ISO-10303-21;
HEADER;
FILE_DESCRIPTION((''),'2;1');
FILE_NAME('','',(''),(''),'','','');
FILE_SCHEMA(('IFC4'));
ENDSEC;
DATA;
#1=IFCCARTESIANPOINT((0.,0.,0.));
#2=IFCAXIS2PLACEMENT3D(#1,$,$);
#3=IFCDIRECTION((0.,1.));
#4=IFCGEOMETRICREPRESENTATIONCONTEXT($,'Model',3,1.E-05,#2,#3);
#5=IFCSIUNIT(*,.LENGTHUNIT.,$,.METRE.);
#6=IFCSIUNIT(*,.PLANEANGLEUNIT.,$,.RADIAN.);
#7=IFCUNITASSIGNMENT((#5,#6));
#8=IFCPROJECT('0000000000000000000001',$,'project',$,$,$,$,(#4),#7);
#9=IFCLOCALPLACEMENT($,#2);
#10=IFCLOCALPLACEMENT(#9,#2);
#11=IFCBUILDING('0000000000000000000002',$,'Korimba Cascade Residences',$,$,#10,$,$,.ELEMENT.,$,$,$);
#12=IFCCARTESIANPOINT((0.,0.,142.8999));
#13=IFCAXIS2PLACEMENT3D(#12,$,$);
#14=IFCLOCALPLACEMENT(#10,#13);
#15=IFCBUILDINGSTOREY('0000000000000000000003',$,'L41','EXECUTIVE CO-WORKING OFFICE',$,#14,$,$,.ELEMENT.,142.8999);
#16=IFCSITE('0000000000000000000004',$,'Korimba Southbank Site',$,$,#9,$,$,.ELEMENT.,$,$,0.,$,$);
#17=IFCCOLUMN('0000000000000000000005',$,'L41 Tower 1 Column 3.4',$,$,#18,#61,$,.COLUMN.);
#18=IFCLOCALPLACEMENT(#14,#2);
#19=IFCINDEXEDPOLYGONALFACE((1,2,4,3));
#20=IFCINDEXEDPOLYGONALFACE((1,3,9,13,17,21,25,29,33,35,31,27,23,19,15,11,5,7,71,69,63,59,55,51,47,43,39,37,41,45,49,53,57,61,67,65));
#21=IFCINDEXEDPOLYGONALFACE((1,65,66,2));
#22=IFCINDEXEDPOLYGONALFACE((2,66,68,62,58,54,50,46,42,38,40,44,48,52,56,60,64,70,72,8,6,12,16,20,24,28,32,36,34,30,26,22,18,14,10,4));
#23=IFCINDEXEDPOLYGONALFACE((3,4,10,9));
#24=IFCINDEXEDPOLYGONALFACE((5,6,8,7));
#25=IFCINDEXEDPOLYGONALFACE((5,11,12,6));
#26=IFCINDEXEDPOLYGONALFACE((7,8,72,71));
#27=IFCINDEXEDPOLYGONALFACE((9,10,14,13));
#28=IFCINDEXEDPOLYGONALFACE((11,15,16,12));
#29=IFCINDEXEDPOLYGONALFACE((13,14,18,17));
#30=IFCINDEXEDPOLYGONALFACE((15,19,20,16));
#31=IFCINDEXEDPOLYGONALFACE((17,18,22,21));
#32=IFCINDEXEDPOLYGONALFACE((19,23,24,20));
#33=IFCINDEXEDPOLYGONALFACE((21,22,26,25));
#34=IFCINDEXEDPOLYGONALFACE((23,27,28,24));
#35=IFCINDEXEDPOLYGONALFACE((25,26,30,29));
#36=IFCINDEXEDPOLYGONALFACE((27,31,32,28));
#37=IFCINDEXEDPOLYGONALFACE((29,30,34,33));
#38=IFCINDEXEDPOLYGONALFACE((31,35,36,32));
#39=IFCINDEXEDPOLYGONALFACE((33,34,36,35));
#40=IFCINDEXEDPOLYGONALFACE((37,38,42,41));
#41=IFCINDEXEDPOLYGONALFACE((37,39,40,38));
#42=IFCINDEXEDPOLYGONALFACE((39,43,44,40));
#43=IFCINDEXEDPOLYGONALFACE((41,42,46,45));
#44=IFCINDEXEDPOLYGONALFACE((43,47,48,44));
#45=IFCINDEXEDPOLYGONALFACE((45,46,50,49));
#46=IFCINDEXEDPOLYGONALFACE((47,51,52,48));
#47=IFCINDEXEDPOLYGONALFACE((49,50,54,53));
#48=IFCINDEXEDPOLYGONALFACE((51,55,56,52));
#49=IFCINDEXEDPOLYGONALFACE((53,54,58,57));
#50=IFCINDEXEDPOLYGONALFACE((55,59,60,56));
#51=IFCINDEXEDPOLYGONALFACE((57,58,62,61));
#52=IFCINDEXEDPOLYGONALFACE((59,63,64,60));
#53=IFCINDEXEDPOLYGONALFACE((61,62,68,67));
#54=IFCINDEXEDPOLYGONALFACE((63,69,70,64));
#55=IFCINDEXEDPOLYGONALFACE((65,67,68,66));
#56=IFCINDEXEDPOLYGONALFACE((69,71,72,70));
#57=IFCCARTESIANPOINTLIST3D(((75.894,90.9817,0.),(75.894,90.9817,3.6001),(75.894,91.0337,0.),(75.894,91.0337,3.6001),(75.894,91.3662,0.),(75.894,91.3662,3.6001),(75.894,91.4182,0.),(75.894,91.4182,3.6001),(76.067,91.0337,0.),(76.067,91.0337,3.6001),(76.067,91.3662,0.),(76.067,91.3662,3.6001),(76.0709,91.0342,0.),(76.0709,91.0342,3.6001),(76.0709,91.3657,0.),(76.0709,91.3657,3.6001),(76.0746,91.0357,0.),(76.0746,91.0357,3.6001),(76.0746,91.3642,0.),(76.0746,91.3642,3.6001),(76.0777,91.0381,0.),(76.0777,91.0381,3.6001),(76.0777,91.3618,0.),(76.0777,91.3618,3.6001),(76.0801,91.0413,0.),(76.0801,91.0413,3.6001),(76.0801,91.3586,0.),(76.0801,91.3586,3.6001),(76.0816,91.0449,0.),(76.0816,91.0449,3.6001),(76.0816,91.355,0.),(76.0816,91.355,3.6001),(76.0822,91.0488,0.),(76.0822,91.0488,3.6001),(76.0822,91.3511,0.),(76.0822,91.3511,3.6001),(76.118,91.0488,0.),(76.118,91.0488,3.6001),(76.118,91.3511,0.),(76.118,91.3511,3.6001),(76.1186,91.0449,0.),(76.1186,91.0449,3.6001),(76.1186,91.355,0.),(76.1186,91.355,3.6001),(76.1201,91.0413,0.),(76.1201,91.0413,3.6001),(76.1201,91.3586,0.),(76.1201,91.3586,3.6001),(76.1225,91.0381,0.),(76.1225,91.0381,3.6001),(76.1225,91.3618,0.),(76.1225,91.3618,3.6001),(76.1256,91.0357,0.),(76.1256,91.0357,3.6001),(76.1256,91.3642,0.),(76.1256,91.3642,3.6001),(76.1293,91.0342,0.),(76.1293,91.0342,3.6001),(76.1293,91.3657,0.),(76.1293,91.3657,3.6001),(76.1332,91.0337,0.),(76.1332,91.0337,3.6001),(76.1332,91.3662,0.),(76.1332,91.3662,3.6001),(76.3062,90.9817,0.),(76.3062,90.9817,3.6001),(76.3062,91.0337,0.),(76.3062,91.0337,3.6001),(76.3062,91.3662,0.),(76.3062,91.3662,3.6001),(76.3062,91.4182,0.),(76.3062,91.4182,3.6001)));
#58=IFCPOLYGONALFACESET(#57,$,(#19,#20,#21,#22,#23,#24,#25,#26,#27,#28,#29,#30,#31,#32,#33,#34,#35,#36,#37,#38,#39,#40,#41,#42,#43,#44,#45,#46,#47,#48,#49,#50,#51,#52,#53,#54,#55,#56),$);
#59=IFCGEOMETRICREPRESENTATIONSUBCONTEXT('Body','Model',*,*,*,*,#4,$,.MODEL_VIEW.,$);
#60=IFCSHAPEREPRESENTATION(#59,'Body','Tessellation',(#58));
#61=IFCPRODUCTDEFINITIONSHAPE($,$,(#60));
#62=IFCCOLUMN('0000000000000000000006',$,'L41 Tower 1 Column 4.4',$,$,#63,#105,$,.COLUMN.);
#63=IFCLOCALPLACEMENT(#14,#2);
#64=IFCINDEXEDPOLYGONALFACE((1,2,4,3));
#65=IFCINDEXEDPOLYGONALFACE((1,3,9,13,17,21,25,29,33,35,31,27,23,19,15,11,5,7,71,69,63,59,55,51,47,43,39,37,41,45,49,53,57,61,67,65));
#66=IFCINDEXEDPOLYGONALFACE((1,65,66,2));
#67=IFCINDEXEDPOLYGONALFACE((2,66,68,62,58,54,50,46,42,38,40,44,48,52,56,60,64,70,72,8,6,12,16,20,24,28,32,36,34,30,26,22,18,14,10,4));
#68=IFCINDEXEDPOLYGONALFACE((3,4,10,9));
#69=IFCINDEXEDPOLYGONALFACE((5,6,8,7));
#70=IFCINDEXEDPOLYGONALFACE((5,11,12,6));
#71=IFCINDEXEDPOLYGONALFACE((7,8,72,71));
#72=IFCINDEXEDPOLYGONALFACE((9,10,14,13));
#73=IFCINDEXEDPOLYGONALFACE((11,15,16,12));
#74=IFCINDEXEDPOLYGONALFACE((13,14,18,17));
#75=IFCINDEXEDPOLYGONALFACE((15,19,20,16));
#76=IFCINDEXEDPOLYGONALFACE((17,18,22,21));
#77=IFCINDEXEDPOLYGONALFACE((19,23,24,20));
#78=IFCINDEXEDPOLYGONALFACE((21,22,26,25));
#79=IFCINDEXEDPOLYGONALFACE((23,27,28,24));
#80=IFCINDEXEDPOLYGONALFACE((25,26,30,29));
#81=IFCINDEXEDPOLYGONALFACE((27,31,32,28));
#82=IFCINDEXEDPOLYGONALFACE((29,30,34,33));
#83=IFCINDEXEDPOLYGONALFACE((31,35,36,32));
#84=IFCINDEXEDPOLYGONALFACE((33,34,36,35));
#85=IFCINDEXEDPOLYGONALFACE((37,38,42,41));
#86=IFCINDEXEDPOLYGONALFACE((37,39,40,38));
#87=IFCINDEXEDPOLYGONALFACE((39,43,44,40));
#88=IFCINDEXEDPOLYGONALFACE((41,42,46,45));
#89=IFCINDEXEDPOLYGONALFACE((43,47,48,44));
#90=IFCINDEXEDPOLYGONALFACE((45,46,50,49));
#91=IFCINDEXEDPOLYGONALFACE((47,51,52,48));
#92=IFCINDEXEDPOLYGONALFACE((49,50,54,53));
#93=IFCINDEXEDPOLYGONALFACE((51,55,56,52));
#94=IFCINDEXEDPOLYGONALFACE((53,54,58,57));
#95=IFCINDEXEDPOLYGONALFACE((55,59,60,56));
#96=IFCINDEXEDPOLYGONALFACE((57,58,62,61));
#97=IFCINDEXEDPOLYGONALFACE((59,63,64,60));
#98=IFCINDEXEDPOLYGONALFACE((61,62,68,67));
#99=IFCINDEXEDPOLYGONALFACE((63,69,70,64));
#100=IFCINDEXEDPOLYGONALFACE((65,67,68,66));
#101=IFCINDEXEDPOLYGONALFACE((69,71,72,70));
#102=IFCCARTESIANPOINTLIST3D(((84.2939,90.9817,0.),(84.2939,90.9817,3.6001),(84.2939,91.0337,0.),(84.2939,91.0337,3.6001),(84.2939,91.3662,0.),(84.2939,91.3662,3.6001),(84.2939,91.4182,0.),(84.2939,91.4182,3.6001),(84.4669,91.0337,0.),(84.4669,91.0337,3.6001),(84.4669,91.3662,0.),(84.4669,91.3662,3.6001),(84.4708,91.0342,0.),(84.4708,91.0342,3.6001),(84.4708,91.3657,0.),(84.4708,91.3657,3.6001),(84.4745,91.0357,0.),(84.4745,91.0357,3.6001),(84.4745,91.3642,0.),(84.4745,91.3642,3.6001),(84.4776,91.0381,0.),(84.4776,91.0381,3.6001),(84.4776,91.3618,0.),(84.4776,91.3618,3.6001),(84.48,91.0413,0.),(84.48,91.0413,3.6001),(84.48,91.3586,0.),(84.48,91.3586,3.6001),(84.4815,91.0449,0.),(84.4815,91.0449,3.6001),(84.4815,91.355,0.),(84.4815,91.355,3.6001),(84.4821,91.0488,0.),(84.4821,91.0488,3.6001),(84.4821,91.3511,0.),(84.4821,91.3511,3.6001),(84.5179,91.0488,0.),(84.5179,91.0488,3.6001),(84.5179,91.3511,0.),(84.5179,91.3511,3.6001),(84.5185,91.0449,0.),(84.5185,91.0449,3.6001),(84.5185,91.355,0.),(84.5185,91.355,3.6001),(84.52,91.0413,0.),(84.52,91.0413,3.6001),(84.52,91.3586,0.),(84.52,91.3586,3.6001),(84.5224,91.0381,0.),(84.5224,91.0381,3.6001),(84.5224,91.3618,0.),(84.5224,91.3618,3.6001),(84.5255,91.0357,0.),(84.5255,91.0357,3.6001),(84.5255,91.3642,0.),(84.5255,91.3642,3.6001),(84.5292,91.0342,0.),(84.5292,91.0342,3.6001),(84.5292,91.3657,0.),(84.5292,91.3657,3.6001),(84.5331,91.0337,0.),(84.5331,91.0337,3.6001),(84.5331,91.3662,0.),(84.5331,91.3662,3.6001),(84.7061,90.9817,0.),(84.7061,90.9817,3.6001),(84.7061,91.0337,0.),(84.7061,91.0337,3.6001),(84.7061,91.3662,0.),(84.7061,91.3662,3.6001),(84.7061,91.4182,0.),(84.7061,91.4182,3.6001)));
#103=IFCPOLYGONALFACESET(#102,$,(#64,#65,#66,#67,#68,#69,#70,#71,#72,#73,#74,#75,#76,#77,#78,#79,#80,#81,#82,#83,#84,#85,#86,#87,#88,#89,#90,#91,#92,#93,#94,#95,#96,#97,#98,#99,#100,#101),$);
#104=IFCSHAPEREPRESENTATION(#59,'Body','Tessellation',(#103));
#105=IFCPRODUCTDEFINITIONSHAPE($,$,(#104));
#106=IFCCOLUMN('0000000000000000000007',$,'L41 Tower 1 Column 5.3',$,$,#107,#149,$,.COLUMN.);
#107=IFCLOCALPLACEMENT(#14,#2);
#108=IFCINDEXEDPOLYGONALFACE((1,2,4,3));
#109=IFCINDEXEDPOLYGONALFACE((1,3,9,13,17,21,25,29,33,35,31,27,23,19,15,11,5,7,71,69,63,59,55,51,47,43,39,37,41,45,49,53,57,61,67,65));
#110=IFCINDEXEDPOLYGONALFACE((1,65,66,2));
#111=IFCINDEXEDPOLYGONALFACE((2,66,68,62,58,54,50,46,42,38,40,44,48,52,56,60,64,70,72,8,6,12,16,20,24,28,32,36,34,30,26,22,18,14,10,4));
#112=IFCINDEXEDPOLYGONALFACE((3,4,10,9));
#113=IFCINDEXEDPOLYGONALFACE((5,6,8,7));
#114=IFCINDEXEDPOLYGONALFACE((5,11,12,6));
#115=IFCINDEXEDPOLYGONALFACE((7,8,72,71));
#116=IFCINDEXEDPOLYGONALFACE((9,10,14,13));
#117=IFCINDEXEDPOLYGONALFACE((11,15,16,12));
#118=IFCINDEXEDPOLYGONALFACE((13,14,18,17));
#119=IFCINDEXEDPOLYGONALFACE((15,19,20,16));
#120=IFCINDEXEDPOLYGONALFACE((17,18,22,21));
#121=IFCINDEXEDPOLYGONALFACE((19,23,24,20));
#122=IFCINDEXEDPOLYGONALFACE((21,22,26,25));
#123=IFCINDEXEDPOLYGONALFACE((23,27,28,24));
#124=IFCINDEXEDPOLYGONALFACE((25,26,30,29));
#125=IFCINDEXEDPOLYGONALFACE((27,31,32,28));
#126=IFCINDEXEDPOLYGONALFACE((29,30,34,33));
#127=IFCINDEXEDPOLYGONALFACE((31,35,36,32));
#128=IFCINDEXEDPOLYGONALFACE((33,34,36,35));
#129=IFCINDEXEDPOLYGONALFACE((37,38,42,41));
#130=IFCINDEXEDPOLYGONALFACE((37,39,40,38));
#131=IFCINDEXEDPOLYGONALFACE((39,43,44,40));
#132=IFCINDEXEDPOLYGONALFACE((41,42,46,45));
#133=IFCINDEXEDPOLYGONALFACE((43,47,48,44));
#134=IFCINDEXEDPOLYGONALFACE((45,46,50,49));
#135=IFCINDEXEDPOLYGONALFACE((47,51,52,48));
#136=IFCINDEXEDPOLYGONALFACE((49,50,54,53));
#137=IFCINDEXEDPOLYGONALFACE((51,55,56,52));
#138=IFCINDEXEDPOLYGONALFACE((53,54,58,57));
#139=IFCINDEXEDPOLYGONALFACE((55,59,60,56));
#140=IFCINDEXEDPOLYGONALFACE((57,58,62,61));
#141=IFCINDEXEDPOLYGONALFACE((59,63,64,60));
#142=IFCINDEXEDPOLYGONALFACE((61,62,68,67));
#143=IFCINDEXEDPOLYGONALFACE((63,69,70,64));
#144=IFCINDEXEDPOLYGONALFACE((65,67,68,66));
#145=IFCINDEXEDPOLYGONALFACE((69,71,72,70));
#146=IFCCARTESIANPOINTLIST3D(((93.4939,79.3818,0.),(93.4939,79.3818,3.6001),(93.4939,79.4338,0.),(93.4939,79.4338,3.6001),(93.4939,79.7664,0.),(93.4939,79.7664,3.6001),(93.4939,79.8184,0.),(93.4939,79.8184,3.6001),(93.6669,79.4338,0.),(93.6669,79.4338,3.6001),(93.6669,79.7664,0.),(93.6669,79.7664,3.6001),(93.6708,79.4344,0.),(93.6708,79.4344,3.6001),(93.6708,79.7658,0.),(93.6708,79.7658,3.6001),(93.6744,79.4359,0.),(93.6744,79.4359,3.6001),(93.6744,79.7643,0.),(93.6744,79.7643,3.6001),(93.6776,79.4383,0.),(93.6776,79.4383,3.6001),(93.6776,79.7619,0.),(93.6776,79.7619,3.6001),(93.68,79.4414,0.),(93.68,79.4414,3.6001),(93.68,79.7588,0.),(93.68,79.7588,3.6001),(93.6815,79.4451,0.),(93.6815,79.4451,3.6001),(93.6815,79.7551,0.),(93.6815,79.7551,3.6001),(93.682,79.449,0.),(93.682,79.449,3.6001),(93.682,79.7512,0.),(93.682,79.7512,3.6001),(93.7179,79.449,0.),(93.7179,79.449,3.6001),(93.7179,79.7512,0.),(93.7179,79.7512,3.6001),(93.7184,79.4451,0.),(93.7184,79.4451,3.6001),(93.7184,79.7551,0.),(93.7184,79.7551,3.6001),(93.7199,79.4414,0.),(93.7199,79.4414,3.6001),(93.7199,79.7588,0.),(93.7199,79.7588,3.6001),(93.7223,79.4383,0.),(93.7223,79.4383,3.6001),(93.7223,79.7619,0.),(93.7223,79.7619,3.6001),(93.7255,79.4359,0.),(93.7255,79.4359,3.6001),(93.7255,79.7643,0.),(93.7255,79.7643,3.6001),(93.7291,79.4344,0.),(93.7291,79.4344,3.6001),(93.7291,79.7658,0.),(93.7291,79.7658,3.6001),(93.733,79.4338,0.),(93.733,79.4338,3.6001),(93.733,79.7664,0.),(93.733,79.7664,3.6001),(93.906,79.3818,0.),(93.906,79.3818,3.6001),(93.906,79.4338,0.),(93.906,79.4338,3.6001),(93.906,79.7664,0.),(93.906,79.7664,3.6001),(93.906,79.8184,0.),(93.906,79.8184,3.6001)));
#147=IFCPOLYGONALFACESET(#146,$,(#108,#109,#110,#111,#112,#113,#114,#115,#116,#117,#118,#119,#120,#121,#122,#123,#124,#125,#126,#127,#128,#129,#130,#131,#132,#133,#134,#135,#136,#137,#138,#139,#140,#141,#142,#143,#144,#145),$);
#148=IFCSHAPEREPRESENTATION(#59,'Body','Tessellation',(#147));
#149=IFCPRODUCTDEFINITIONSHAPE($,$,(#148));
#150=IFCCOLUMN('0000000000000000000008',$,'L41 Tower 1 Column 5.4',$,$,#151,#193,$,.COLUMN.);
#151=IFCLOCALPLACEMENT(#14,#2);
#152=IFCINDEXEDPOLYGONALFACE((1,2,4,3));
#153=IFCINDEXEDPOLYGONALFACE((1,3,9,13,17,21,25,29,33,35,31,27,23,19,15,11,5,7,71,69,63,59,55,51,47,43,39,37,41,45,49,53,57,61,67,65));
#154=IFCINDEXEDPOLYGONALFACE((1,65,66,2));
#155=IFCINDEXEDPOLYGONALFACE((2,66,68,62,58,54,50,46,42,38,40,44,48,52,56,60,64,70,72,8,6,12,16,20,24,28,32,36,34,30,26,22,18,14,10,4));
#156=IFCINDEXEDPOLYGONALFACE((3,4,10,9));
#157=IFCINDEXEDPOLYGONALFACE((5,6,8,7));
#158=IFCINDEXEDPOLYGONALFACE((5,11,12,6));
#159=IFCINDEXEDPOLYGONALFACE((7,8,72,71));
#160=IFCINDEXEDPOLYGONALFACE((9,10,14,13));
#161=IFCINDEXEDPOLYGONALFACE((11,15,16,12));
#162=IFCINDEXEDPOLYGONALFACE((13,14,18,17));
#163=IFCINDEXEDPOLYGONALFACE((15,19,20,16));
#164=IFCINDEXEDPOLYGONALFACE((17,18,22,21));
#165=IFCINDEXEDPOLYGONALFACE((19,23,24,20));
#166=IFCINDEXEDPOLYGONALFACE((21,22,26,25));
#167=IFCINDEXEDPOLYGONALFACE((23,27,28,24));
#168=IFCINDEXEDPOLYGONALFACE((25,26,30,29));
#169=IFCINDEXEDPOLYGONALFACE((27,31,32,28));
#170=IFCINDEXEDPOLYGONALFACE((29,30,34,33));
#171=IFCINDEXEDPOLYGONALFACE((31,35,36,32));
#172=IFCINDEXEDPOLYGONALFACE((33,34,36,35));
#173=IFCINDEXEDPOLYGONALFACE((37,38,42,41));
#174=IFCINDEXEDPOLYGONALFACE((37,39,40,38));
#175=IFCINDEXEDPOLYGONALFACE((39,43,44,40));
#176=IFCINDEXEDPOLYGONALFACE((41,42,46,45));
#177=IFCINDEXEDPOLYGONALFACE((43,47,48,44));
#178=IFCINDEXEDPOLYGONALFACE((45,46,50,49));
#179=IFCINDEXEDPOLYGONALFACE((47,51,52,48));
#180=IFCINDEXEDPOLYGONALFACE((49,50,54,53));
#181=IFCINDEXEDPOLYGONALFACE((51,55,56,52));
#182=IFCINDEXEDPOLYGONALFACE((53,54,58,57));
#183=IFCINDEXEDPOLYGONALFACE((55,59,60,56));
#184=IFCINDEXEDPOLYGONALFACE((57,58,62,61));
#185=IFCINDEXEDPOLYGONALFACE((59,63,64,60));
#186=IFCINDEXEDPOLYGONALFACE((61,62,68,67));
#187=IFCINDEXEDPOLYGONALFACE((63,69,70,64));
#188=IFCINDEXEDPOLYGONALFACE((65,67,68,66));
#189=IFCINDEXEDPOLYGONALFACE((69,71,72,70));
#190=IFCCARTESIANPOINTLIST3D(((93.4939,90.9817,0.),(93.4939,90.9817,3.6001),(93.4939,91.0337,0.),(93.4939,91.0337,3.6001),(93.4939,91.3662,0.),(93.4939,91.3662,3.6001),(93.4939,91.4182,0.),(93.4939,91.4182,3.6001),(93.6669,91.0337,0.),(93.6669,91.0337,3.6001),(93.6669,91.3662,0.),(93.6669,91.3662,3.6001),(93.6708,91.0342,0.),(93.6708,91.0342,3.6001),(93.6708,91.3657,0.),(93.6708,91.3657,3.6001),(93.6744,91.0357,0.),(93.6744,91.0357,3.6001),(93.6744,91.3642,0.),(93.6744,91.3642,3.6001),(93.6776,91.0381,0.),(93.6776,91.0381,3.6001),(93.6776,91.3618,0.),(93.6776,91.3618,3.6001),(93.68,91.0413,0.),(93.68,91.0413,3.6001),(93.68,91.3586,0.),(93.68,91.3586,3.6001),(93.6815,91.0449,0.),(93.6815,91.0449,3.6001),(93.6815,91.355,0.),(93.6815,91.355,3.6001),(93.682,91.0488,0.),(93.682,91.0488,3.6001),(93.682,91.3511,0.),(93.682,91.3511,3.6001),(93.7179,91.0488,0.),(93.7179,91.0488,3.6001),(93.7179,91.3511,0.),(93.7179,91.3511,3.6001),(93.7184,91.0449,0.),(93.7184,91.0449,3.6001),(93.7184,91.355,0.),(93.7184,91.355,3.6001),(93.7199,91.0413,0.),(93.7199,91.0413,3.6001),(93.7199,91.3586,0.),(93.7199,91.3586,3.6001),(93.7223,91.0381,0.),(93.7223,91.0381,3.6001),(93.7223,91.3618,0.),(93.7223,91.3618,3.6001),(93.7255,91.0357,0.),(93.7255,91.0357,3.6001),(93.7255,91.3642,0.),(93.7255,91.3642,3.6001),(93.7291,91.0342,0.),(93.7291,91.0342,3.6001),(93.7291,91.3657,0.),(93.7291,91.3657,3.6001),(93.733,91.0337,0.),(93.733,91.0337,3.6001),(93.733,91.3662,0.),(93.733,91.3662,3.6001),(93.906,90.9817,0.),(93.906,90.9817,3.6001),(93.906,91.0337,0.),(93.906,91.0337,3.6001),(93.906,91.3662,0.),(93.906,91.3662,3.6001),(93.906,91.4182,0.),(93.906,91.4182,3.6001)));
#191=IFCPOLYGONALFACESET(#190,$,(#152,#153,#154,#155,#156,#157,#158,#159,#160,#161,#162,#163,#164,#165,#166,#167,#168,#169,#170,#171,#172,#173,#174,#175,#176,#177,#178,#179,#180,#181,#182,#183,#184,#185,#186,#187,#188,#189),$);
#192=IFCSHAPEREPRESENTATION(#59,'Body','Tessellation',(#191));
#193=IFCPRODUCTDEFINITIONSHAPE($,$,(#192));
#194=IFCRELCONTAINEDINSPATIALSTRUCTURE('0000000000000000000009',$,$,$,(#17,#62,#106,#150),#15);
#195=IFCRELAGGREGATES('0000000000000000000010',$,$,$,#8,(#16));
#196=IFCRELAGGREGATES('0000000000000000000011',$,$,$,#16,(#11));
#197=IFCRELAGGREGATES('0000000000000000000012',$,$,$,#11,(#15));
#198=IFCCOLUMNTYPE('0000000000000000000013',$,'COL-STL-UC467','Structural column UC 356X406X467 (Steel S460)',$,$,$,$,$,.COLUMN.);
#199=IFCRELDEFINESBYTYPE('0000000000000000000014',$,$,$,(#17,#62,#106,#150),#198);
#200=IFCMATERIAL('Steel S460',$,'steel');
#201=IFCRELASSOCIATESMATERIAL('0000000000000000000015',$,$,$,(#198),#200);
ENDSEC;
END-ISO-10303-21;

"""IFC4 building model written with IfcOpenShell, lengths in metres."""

from ifc_helpers import new_model, si_unit, direction, frame, origin, origin_2d, place, context, subcontext, project, spatial, i_section, extrude, material, material_profile, profile_set, type_object, element, save


model = new_model("IFC4")

# Units and contexts
model_context = context("Model", 3, precision=1e-05, world=origin(), true_north=direction((0.0, 1.0)))
body_context = subcontext(model_context, "Body", "Model", "MODEL_VIEW")
ifc_project = project(units=[si_unit("LENGTHUNIT", "METRE"), si_unit("PLANEANGLEUNIT", "RADIAN")], contexts=[model_context])

# Site, building, storey
site_placement = place(None, origin())
site = spatial("IfcSite", under=ifc_project, at=site_placement, Name="Korimba Southbank Site", CompositionType="ELEMENT", RefElevation=0.0)
building_placement = place(site_placement, origin())
building = spatial("IfcBuilding", under=site, at=building_placement, Name="Korimba Cascade Residences", CompositionType="ELEMENT")
storey_placement = place(building_placement, frame((0.0, 0.0, 142.8999)))
storey = spatial("IfcBuildingStorey", under=building, at=storey_placement, Name="L41", Description="EXECUTIVE CO-WORKING OFFICE", CompositionType="ELEMENT", Elevation=142.8999)

# Columns
ifc_material_1 = material(Name="Steel S460", Category="steel")
ifc_material_profile_1 = material_profile(ifc_material_1, i_section(OverallWidth=0.4121, OverallDepth=0.4365, WebThickness=0.0359, FlangeThickness=0.052, FilletRadius=0.0151, at=origin_2d()), Name="Steel S460")
ifc_profile_set_1 = profile_set([ifc_material_profile_1], Name="Steel S460")
column_type = type_object("IfcColumnType", Name="COL-STL-UC467", Description="Structural column UC 356X406X467 (Steel S460)", PredefinedType="COLUMN", material=ifc_profile_set_1)
for number, where, z_axis, x_axis, name in (
    (1, (76.1001, 91.2, 0.0), (0.0, 0.0, 1.0), (1.0, 0.0, 0.0), "L41 Tower 1 Column 3.4"),
    (2, (84.5, 91.2, 0.0), (0.0, 0.0, 1.0), (1.0, 0.0, 0.0), "L41 Tower 1 Column 4.4"),
    (3, (93.7, 79.6001, 0.0), (0.0, 0.0, 1.0), (1.0, 0.0, 0.0), "L41 Tower 1 Column 5.3"),
    (4, (93.7, 91.2, 0.0), (0.0, 0.0, 1.0), (1.0, 0.0, 0.0), "L41 Tower 1 Column 5.4"),
):
    element("IfcColumn", number, at=place(storey_placement, frame(where, z_axis=z_axis, x_axis=x_axis)), inside=storey, type_object=column_type, Name=name, PredefinedType="COLUMN", context=body_context, shape_type="SweptSolid", body=[
        extrude(i_section(OverallWidth=0.4121, OverallDepth=0.4365, WebThickness=0.0359, FlangeThickness=0.052, FilletRadius=0.0151, at=origin_2d()), origin(), (0.0, 0.0, 1.0), 3.6001),
    ])

save(model, "model.ifc")
